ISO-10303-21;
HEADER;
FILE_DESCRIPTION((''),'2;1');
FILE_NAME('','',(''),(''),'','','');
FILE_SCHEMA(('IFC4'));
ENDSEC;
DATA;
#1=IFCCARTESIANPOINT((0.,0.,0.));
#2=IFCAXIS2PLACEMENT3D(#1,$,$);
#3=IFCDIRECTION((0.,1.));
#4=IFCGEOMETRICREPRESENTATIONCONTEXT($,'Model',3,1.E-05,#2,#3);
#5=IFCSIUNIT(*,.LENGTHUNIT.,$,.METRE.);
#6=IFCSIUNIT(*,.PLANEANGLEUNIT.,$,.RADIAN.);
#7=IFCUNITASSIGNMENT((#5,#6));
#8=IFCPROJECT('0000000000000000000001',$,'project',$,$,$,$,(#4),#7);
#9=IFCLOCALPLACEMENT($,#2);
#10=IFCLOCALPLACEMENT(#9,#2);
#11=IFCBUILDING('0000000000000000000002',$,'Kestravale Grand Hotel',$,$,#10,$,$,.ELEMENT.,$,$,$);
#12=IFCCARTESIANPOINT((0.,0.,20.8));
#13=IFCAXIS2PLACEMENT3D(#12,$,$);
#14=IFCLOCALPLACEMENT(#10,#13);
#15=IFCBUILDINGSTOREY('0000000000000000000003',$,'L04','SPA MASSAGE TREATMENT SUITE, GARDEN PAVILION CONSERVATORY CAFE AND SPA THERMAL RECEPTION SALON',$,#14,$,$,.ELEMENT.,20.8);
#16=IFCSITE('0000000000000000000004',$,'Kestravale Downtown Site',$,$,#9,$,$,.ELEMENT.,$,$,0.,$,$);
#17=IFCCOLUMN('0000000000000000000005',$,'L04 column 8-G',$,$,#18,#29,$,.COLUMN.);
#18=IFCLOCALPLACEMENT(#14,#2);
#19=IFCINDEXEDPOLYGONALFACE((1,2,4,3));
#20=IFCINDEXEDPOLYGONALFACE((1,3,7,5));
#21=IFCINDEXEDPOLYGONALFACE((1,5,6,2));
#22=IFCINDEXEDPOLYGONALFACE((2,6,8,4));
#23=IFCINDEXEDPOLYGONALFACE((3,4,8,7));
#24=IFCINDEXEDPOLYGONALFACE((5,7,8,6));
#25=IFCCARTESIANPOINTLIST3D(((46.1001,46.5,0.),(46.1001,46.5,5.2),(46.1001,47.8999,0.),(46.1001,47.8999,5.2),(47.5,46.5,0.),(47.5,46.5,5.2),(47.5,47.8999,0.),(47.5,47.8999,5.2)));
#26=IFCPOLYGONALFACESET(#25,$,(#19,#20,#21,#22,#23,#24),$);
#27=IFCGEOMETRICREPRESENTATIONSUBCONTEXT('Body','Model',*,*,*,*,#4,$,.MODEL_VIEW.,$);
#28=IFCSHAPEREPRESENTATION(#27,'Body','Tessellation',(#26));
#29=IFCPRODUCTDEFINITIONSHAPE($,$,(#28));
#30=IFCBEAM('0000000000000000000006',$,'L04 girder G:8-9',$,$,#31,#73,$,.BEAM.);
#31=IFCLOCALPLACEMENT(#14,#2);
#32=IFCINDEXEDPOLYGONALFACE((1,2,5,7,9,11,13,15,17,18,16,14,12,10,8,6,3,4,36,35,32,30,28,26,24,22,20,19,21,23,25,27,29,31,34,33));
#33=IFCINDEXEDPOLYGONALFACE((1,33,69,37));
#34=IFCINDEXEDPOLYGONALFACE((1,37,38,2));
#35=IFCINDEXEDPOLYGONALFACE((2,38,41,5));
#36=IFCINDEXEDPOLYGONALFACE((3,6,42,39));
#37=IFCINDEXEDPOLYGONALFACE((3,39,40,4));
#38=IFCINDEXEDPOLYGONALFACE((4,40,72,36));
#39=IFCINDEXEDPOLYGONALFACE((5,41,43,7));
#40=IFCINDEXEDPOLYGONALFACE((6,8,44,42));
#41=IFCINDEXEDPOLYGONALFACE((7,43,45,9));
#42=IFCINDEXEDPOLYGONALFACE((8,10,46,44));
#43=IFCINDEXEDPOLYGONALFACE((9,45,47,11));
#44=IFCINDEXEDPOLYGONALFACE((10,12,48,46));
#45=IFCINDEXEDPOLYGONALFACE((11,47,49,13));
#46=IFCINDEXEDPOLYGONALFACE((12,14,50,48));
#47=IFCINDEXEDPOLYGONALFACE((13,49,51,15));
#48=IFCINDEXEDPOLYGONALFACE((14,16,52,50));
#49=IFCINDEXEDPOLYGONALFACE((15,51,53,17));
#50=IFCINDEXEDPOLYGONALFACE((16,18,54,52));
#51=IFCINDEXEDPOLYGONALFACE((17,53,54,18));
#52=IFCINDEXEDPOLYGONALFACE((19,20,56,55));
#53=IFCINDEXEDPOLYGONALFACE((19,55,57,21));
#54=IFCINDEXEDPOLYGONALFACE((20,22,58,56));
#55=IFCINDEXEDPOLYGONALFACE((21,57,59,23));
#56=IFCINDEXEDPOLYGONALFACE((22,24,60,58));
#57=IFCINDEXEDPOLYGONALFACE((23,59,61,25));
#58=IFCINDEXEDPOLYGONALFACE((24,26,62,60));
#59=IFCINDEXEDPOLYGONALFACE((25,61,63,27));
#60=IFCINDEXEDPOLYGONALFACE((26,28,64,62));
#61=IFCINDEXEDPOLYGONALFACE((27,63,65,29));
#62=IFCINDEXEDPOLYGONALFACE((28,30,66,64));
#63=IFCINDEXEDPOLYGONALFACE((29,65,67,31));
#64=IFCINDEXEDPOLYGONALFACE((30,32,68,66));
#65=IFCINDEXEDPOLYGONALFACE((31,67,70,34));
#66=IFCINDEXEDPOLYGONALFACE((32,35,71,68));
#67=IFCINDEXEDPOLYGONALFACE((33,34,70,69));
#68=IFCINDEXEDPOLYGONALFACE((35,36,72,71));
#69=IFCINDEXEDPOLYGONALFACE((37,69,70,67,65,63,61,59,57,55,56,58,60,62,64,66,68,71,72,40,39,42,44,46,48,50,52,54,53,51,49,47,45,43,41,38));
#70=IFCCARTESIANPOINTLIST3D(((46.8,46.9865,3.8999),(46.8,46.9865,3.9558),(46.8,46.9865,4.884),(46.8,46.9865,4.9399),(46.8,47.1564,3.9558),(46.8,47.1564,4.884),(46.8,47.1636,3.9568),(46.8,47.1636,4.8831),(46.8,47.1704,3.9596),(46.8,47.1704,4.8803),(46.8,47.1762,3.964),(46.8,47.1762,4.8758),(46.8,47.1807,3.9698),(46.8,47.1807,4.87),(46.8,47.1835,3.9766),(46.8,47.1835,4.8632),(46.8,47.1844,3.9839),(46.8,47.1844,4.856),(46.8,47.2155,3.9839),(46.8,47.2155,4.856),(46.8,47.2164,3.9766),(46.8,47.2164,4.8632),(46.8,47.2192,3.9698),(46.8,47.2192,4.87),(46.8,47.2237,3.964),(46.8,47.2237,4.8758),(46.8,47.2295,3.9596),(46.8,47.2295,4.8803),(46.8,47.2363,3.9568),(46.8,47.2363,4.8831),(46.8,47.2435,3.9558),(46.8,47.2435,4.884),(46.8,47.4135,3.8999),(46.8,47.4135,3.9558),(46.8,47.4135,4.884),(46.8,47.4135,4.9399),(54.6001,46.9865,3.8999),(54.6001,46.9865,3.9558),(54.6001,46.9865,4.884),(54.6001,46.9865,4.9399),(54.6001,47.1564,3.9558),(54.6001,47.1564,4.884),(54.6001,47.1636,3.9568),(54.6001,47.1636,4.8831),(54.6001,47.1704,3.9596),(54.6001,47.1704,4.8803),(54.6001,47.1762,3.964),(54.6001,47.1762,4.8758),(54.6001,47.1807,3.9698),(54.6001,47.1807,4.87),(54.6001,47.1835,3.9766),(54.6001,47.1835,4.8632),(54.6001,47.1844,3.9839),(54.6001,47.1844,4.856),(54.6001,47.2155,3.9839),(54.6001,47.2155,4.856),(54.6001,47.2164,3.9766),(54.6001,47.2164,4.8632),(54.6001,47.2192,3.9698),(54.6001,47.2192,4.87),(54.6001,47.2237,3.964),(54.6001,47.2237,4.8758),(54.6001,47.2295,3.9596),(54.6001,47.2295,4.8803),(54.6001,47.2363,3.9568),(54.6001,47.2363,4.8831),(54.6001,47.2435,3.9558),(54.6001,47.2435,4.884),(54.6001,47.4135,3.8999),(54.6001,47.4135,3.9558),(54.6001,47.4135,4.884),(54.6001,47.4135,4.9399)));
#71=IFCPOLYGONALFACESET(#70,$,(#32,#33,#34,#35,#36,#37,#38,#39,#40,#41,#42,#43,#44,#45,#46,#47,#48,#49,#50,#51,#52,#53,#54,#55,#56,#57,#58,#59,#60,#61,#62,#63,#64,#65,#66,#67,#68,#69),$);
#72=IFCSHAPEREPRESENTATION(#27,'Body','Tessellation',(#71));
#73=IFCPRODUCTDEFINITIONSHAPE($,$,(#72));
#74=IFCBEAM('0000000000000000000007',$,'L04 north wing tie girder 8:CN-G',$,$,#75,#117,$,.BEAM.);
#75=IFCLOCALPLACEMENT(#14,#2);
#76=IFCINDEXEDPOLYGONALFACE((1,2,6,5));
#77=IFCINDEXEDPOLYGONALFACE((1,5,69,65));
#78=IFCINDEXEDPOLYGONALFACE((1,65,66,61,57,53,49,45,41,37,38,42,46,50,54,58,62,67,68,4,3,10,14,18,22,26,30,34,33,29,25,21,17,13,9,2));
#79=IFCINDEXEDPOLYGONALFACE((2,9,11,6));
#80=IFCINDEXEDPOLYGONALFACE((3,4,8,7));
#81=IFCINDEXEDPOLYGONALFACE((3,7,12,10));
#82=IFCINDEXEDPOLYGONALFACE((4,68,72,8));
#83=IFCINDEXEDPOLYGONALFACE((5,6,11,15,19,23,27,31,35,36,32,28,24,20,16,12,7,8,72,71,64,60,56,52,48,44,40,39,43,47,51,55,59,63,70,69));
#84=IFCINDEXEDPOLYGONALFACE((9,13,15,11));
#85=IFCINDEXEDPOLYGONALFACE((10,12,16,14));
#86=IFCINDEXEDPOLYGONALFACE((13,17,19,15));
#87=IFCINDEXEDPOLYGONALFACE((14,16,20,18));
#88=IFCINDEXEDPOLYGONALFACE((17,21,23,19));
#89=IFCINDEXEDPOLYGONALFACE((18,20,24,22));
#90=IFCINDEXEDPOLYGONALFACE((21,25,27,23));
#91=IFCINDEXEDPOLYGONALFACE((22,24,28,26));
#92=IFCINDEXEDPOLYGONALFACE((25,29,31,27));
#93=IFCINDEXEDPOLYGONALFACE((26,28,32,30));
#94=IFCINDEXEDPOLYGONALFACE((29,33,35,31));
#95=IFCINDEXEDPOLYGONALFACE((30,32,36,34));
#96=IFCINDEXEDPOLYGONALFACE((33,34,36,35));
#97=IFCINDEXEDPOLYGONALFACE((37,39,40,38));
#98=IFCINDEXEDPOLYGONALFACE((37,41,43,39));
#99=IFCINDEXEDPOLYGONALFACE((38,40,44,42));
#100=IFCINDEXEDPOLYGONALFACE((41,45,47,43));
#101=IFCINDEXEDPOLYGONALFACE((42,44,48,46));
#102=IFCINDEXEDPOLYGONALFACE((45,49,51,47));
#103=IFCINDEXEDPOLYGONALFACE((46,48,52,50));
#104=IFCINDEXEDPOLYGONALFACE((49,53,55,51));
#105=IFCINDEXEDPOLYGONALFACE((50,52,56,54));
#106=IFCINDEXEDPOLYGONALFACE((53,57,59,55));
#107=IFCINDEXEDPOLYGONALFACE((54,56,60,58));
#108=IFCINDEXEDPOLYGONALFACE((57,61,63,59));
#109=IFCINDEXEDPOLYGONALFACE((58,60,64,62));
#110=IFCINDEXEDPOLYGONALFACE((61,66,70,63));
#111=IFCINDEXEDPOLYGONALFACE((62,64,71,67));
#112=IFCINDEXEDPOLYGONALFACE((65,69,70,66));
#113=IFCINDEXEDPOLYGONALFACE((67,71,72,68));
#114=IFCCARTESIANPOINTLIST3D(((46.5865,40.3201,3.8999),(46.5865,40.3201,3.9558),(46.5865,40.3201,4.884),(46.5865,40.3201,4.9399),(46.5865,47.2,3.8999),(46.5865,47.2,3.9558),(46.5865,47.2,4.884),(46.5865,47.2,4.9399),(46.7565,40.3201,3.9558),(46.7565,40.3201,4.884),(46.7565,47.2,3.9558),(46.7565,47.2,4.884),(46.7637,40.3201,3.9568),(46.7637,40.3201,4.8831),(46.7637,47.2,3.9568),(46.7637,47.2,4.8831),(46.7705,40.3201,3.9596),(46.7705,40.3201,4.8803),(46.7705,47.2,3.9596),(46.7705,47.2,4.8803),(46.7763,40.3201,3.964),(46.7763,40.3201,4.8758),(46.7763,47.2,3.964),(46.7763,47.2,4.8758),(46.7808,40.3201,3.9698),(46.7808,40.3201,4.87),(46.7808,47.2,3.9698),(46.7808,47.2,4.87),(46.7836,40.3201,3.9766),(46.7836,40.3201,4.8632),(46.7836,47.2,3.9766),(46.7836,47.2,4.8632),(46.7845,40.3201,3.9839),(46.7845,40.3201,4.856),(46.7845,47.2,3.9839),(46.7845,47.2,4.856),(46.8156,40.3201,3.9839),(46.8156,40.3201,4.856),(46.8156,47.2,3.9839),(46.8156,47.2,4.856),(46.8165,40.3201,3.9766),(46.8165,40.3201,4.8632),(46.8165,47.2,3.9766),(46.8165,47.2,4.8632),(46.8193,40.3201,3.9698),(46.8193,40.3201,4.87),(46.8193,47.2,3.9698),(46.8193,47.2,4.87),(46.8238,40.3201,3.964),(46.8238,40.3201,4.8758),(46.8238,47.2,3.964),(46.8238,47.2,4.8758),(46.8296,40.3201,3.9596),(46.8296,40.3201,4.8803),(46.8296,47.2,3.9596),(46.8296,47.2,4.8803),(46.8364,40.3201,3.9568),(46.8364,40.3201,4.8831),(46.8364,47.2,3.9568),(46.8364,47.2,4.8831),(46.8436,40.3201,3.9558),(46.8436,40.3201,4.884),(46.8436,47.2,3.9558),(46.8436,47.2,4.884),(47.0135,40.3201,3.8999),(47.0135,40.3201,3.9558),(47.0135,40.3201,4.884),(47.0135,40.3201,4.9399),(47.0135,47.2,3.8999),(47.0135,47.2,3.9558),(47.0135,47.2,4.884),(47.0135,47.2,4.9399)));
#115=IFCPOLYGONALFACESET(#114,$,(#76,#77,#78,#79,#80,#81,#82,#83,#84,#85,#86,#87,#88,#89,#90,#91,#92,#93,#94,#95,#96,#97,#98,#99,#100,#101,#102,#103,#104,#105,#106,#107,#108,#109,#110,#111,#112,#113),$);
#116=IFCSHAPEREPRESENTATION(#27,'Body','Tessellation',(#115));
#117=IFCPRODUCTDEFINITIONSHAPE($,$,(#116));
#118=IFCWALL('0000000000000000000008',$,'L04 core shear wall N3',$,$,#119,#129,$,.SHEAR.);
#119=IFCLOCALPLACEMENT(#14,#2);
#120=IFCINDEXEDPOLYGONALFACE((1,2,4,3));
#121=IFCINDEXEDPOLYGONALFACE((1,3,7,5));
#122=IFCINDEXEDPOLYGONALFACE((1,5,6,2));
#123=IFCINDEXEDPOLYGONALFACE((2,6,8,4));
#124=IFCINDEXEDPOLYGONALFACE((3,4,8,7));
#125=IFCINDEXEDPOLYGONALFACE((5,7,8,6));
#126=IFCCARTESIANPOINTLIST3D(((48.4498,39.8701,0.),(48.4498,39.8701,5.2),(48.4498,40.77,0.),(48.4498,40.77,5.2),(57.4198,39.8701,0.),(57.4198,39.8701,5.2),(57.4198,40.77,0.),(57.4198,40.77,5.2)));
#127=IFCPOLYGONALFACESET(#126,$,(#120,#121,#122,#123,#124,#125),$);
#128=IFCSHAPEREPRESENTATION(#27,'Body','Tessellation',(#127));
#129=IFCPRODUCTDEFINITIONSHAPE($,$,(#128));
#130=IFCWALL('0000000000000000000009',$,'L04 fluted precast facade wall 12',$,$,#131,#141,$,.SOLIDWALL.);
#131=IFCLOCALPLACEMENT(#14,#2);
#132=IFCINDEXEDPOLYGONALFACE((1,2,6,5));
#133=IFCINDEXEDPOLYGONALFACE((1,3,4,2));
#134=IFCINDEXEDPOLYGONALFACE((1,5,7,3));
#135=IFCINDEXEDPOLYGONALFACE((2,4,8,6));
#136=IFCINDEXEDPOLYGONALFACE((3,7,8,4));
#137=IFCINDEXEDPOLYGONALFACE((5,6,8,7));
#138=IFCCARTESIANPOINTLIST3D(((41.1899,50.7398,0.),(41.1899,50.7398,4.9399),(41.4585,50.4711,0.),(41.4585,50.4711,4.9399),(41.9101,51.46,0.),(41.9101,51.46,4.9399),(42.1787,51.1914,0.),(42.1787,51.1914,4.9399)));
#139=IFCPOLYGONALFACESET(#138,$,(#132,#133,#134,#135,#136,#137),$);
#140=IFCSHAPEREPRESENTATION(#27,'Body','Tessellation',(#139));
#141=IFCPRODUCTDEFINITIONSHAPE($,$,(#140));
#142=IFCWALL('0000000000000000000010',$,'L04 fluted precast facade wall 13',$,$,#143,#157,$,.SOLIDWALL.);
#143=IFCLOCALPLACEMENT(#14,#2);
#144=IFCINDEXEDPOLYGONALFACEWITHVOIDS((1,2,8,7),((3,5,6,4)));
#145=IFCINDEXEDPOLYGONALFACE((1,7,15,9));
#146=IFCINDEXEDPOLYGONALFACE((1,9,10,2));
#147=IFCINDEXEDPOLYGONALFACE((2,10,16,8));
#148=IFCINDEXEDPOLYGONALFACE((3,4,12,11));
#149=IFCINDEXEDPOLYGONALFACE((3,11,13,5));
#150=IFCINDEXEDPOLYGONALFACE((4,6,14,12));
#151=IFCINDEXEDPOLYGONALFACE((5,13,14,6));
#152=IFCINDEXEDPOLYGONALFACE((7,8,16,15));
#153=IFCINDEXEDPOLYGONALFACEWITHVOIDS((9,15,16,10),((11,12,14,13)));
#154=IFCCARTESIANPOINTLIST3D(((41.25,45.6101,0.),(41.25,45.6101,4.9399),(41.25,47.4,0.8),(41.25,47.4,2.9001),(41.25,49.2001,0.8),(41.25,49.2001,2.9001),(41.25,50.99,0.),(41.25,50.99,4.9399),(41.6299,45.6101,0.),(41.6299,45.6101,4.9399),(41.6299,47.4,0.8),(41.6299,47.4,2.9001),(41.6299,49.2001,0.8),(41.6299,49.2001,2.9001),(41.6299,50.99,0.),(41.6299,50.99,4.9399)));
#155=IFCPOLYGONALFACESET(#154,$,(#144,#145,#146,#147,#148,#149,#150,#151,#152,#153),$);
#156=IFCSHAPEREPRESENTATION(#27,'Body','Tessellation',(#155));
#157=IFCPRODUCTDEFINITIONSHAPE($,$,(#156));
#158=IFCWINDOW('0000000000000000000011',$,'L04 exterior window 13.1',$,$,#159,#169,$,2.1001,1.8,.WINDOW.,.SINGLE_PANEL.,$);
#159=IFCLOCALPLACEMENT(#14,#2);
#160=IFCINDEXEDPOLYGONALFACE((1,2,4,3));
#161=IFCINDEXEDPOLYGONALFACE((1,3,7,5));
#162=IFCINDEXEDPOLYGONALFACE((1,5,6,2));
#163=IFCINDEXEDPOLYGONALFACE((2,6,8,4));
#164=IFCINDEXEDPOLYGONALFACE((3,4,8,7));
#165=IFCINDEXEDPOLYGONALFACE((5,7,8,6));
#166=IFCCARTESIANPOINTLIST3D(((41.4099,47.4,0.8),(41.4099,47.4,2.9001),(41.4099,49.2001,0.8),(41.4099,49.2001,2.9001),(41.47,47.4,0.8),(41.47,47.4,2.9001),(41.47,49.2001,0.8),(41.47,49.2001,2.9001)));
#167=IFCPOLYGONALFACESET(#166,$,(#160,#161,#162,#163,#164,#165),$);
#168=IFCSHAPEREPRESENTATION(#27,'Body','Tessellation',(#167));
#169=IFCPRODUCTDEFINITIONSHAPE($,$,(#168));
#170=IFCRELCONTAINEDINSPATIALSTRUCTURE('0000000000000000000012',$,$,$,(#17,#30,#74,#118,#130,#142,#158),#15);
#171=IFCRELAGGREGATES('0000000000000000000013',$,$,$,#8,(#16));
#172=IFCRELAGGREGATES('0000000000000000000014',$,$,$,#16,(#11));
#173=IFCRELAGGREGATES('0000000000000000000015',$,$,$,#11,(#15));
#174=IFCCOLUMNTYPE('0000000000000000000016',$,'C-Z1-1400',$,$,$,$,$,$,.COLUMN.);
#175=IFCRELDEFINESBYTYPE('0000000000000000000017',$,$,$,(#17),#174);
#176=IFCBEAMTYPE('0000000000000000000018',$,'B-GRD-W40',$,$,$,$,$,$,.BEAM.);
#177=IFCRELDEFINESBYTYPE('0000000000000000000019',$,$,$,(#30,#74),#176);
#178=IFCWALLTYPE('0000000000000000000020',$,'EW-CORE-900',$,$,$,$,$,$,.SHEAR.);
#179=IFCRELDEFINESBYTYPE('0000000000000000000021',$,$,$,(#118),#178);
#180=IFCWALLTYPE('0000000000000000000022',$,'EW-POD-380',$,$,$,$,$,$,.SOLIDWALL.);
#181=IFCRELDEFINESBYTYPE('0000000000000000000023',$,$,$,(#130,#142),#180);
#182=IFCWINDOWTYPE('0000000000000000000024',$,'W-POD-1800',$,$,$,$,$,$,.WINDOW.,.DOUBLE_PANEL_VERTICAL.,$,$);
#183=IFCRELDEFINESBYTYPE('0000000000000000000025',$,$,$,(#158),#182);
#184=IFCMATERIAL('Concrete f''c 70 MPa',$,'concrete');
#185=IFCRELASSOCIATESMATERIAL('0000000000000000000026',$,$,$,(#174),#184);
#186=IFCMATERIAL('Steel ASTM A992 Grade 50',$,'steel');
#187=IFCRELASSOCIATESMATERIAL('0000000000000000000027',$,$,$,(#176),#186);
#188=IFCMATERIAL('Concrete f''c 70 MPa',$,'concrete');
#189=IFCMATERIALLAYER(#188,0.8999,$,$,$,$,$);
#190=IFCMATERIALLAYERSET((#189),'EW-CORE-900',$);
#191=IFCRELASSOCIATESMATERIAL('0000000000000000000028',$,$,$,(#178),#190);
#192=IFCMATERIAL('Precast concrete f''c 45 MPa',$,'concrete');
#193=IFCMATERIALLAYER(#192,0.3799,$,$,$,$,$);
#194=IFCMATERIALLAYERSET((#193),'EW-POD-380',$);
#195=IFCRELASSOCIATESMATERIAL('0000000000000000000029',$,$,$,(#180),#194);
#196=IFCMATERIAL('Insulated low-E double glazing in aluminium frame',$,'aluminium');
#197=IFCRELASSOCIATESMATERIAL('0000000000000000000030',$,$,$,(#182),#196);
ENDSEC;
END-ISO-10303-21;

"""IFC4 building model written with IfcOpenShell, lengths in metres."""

from ifc_helpers import new_model, si_unit, direction, frame, frame_2d, origin, origin_2d, place, context, subcontext, project, spatial, rectangle, i_section, extrude, material, layer, layer_set, material_profile, profile_set, type_object, element, fill, save


model = new_model("IFC4")

# Units and contexts
model_context = context("Model", 3, precision=1e-05, world=origin(), true_north=direction((0.0, 1.0)))
body_context = subcontext(model_context, "Body", "Model", "MODEL_VIEW")
ifc_project = project(units=[si_unit("LENGTHUNIT", "METRE"), si_unit("PLANEANGLEUNIT", "RADIAN")], contexts=[model_context])

# Site, building, storey
site_placement = place(None, origin())
site = spatial("IfcSite", under=ifc_project, at=site_placement, Name="Kestravale Downtown Site", CompositionType="ELEMENT", RefElevation=0.0)
building_placement = place(site_placement, origin())
building = spatial("IfcBuilding", under=site, at=building_placement, Name="Kestravale Grand Hotel", CompositionType="ELEMENT")
storey_placement = place(building_placement, frame((0.0, 0.0, 20.8)))
storey = spatial("IfcBuildingStorey", under=building, at=storey_placement, Name="L04", Description="SPA MASSAGE TREATMENT SUITE, GARDEN PAVILION CONSERVATORY CAFE AND SPA THERMAL RECEPTION SALON", CompositionType="ELEMENT", Elevation=20.8)

# Column
ifc_material_1 = material(Name="Concrete f'c 70 MPa", Category="concrete")
ifc_material_profile_1 = material_profile(ifc_material_1, rectangle(XDim=1.3999, YDim=1.3999, at=origin_2d()))
ifc_profile_set_1 = profile_set([ifc_material_profile_1], Name="Concrete f'c 70 MPa")
column_type = type_object("IfcColumnType", Name="C-Z1-1400", PredefinedType="COLUMN", material=ifc_profile_set_1)
column_placement = place(storey_placement, frame((46.8, 47.2, 0.0), z_axis=(0.0, 0.0, 1.0), x_axis=(1.0, 0.0, 0.0)))
element("IfcColumn", 1, at=column_placement, inside=storey, type_object=column_type, Name="L04 column 8-G", PredefinedType="COLUMN", context=body_context, shape_type="SweptSolid", body=[
    extrude(rectangle(XDim=1.3999, YDim=1.3999, at=origin_2d()), origin(), (0.0, 0.0, 1.0), 5.2),
])

# Beams
ifc_material_2 = material(Name="Steel ASTM A992 Grade 50", Category="steel")
ifc_material_profile_2 = material_profile(ifc_material_2, i_section(OverallWidth=0.427, OverallDepth=1.04, WebThickness=0.031, FlangeThickness=0.0559, FilletRadius=0.0281, at=origin_2d()))
ifc_profile_set_2 = profile_set([ifc_material_profile_2], Name="Steel ASTM A992 Grade 50")
beam_type = type_object("IfcBeamType", Name="B-GRD-W40", PredefinedType="BEAM", material=ifc_profile_set_2)
beam_1_placement = place(storey_placement, frame((46.8, 47.2, 4.4199), z_axis=(1.0, 0.0, 0.0), x_axis=(0.0, 1.0, 0.0)))
element("IfcBeam", 2, at=beam_1_placement, inside=storey, type_object=beam_type, Name="L04 girder G:8-9", PredefinedType="BEAM", context=body_context, shape_type="SweptSolid", body=[
    extrude(i_section(OverallWidth=0.427, OverallDepth=1.04, WebThickness=0.031, FlangeThickness=0.0559, FilletRadius=0.0281, at=origin_2d()), origin(), (0.0, 0.0, 1.0), 7.8),
])
beam_2_placement = place(storey_placement, frame((46.8, 40.3201, 4.4199), z_axis=(0.0, 1.0, 0.0), x_axis=(-1.0, 0.0, 0.0)))
element("IfcBeam", 3, at=beam_2_placement, inside=storey, type_object=beam_type, Name="L04 north wing tie girder 8:CN-G", PredefinedType="BEAM", context=body_context, shape_type="SweptSolid", body=[
    extrude(i_section(OverallWidth=0.427, OverallDepth=1.04, WebThickness=0.031, FlangeThickness=0.0559, FilletRadius=0.0281, at=origin_2d()), origin(), (0.0, 0.0, 1.0), 6.8799),
])

# Walls
ifc_material_3 = material(Name="Concrete f'c 70 MPa", Category="concrete")
ifc_layer_1 = layer(ifc_material_3, 0.8999)
ifc_layer_set_1 = layer_set([ifc_layer_1], Name="EW-CORE-900")
wall_type_1 = type_object("IfcWallType", Name="EW-CORE-900", PredefinedType="SHEAR", material=ifc_layer_set_1)
wall_1_placement = place(storey_placement, frame((48.45, 40.3201, 0.0), z_axis=(0.0, 0.0, 1.0), x_axis=(1.0, 0.0, 0.0)))
element("IfcWall", 4, at=wall_1_placement, inside=storey, type_object=wall_type_1, Name="L04 core shear wall N3", PredefinedType="SHEAR", context=body_context, shape_type="SweptSolid", body=[
    extrude(rectangle(XDim=8.97, YDim=0.8999, at=frame_2d((4.4849, 0.0))), origin(), (0.0, 0.0, 1.0), 5.2),
])
ifc_material_4 = material(Name="Precast concrete f'c 45 MPa", Category="concrete")
ifc_layer_2 = layer(ifc_material_4, 0.3799)
ifc_layer_set_2 = layer_set([ifc_layer_2], Name="EW-POD-380")
wall_type_2 = type_object("IfcWallType", Name="EW-POD-380", PredefinedType="SOLIDWALL", material=ifc_layer_set_2)
wall_2_placement = place(storey_placement, frame((42.0444, 51.3257, 0.0), z_axis=(0.0, 0.0, 1.0), x_axis=(-0.707107, -0.707107, 0.0)))
element("IfcWall", 5, at=wall_2_placement, inside=storey, type_object=wall_type_2, Name="L04 fluted precast facade wall 12", PredefinedType="SOLIDWALL", context=body_context, shape_type="SweptSolid", body=[
    extrude(rectangle(XDim=1.0186, YDim=0.3799, at=frame_2d((0.5093, 0.0))), origin(), (0.0, 0.0, 1.0), 4.9399),
])

# Wall, opening, window
wall_3_placement = place(storey_placement, frame((41.4399, 50.99, 0.0), z_axis=(0.0, 0.0, 1.0), x_axis=(0.0, -1.0, 0.0)))
wall_3 = element("IfcWall", 6, at=wall_3_placement, inside=storey, type_object=wall_type_2, Name="L04 fluted precast facade wall 13", PredefinedType="SOLIDWALL", context=body_context, shape_type="SweptSolid", body=[
    extrude(rectangle(XDim=5.3799, YDim=0.3799, at=frame_2d((2.6899, 0.0))), origin(), (0.0, 0.0, 1.0), 4.9399),
])
opening_1_placement = place(wall_3_placement, frame((1.79, 0.0, 0.8)))
opening_1 = element("IfcOpeningElement", 7, at=opening_1_placement, cuts=wall_3, PredefinedType="OPENING", context=body_context, shape_type="SweptSolid", body=[
    extrude(rectangle(XDim=1.8, YDim=2.1001, at=frame_2d((0.8999, 1.05))), frame((0.0, 0.2, 0.0), z_axis=(0.0, -1.0, 0.0), x_axis=(1.0, 0.0, 0.0)), (0.0, 0.0, 1.0), 0.3999),
])
ifc_material_5 = material(Name="Insulated low-E double glazing in aluminium frame", Category="aluminium")
window_type = type_object("IfcWindowType", Name="W-POD-1800", PartitioningType="DOUBLE_PANEL_VERTICAL", PredefinedType="WINDOW", material=ifc_material_5)
window_1_placement = place(opening_1_placement, origin())
window_1 = element("IfcWindow", 8, at=window_1_placement, inside=storey, type_object=window_type, Name="L04 exterior window 13.1", OverallHeight=2.1001, OverallWidth=1.8, PartitioningType="SINGLE_PANEL", PredefinedType="WINDOW", context=body_context, shape_type="SweptSolid", body=[
    extrude(rectangle(XDim=1.8, YDim=2.1001, at=frame_2d((0.8999, 1.05))), frame((0.0, 0.03, 0.0), z_axis=(0.0, -1.0, 0.0), x_axis=(1.0, 0.0, 0.0)), (0.0, 0.0, 1.0), 0.0601),
])
fill(opening_1, window_1)

save(model, "model.ifc")
